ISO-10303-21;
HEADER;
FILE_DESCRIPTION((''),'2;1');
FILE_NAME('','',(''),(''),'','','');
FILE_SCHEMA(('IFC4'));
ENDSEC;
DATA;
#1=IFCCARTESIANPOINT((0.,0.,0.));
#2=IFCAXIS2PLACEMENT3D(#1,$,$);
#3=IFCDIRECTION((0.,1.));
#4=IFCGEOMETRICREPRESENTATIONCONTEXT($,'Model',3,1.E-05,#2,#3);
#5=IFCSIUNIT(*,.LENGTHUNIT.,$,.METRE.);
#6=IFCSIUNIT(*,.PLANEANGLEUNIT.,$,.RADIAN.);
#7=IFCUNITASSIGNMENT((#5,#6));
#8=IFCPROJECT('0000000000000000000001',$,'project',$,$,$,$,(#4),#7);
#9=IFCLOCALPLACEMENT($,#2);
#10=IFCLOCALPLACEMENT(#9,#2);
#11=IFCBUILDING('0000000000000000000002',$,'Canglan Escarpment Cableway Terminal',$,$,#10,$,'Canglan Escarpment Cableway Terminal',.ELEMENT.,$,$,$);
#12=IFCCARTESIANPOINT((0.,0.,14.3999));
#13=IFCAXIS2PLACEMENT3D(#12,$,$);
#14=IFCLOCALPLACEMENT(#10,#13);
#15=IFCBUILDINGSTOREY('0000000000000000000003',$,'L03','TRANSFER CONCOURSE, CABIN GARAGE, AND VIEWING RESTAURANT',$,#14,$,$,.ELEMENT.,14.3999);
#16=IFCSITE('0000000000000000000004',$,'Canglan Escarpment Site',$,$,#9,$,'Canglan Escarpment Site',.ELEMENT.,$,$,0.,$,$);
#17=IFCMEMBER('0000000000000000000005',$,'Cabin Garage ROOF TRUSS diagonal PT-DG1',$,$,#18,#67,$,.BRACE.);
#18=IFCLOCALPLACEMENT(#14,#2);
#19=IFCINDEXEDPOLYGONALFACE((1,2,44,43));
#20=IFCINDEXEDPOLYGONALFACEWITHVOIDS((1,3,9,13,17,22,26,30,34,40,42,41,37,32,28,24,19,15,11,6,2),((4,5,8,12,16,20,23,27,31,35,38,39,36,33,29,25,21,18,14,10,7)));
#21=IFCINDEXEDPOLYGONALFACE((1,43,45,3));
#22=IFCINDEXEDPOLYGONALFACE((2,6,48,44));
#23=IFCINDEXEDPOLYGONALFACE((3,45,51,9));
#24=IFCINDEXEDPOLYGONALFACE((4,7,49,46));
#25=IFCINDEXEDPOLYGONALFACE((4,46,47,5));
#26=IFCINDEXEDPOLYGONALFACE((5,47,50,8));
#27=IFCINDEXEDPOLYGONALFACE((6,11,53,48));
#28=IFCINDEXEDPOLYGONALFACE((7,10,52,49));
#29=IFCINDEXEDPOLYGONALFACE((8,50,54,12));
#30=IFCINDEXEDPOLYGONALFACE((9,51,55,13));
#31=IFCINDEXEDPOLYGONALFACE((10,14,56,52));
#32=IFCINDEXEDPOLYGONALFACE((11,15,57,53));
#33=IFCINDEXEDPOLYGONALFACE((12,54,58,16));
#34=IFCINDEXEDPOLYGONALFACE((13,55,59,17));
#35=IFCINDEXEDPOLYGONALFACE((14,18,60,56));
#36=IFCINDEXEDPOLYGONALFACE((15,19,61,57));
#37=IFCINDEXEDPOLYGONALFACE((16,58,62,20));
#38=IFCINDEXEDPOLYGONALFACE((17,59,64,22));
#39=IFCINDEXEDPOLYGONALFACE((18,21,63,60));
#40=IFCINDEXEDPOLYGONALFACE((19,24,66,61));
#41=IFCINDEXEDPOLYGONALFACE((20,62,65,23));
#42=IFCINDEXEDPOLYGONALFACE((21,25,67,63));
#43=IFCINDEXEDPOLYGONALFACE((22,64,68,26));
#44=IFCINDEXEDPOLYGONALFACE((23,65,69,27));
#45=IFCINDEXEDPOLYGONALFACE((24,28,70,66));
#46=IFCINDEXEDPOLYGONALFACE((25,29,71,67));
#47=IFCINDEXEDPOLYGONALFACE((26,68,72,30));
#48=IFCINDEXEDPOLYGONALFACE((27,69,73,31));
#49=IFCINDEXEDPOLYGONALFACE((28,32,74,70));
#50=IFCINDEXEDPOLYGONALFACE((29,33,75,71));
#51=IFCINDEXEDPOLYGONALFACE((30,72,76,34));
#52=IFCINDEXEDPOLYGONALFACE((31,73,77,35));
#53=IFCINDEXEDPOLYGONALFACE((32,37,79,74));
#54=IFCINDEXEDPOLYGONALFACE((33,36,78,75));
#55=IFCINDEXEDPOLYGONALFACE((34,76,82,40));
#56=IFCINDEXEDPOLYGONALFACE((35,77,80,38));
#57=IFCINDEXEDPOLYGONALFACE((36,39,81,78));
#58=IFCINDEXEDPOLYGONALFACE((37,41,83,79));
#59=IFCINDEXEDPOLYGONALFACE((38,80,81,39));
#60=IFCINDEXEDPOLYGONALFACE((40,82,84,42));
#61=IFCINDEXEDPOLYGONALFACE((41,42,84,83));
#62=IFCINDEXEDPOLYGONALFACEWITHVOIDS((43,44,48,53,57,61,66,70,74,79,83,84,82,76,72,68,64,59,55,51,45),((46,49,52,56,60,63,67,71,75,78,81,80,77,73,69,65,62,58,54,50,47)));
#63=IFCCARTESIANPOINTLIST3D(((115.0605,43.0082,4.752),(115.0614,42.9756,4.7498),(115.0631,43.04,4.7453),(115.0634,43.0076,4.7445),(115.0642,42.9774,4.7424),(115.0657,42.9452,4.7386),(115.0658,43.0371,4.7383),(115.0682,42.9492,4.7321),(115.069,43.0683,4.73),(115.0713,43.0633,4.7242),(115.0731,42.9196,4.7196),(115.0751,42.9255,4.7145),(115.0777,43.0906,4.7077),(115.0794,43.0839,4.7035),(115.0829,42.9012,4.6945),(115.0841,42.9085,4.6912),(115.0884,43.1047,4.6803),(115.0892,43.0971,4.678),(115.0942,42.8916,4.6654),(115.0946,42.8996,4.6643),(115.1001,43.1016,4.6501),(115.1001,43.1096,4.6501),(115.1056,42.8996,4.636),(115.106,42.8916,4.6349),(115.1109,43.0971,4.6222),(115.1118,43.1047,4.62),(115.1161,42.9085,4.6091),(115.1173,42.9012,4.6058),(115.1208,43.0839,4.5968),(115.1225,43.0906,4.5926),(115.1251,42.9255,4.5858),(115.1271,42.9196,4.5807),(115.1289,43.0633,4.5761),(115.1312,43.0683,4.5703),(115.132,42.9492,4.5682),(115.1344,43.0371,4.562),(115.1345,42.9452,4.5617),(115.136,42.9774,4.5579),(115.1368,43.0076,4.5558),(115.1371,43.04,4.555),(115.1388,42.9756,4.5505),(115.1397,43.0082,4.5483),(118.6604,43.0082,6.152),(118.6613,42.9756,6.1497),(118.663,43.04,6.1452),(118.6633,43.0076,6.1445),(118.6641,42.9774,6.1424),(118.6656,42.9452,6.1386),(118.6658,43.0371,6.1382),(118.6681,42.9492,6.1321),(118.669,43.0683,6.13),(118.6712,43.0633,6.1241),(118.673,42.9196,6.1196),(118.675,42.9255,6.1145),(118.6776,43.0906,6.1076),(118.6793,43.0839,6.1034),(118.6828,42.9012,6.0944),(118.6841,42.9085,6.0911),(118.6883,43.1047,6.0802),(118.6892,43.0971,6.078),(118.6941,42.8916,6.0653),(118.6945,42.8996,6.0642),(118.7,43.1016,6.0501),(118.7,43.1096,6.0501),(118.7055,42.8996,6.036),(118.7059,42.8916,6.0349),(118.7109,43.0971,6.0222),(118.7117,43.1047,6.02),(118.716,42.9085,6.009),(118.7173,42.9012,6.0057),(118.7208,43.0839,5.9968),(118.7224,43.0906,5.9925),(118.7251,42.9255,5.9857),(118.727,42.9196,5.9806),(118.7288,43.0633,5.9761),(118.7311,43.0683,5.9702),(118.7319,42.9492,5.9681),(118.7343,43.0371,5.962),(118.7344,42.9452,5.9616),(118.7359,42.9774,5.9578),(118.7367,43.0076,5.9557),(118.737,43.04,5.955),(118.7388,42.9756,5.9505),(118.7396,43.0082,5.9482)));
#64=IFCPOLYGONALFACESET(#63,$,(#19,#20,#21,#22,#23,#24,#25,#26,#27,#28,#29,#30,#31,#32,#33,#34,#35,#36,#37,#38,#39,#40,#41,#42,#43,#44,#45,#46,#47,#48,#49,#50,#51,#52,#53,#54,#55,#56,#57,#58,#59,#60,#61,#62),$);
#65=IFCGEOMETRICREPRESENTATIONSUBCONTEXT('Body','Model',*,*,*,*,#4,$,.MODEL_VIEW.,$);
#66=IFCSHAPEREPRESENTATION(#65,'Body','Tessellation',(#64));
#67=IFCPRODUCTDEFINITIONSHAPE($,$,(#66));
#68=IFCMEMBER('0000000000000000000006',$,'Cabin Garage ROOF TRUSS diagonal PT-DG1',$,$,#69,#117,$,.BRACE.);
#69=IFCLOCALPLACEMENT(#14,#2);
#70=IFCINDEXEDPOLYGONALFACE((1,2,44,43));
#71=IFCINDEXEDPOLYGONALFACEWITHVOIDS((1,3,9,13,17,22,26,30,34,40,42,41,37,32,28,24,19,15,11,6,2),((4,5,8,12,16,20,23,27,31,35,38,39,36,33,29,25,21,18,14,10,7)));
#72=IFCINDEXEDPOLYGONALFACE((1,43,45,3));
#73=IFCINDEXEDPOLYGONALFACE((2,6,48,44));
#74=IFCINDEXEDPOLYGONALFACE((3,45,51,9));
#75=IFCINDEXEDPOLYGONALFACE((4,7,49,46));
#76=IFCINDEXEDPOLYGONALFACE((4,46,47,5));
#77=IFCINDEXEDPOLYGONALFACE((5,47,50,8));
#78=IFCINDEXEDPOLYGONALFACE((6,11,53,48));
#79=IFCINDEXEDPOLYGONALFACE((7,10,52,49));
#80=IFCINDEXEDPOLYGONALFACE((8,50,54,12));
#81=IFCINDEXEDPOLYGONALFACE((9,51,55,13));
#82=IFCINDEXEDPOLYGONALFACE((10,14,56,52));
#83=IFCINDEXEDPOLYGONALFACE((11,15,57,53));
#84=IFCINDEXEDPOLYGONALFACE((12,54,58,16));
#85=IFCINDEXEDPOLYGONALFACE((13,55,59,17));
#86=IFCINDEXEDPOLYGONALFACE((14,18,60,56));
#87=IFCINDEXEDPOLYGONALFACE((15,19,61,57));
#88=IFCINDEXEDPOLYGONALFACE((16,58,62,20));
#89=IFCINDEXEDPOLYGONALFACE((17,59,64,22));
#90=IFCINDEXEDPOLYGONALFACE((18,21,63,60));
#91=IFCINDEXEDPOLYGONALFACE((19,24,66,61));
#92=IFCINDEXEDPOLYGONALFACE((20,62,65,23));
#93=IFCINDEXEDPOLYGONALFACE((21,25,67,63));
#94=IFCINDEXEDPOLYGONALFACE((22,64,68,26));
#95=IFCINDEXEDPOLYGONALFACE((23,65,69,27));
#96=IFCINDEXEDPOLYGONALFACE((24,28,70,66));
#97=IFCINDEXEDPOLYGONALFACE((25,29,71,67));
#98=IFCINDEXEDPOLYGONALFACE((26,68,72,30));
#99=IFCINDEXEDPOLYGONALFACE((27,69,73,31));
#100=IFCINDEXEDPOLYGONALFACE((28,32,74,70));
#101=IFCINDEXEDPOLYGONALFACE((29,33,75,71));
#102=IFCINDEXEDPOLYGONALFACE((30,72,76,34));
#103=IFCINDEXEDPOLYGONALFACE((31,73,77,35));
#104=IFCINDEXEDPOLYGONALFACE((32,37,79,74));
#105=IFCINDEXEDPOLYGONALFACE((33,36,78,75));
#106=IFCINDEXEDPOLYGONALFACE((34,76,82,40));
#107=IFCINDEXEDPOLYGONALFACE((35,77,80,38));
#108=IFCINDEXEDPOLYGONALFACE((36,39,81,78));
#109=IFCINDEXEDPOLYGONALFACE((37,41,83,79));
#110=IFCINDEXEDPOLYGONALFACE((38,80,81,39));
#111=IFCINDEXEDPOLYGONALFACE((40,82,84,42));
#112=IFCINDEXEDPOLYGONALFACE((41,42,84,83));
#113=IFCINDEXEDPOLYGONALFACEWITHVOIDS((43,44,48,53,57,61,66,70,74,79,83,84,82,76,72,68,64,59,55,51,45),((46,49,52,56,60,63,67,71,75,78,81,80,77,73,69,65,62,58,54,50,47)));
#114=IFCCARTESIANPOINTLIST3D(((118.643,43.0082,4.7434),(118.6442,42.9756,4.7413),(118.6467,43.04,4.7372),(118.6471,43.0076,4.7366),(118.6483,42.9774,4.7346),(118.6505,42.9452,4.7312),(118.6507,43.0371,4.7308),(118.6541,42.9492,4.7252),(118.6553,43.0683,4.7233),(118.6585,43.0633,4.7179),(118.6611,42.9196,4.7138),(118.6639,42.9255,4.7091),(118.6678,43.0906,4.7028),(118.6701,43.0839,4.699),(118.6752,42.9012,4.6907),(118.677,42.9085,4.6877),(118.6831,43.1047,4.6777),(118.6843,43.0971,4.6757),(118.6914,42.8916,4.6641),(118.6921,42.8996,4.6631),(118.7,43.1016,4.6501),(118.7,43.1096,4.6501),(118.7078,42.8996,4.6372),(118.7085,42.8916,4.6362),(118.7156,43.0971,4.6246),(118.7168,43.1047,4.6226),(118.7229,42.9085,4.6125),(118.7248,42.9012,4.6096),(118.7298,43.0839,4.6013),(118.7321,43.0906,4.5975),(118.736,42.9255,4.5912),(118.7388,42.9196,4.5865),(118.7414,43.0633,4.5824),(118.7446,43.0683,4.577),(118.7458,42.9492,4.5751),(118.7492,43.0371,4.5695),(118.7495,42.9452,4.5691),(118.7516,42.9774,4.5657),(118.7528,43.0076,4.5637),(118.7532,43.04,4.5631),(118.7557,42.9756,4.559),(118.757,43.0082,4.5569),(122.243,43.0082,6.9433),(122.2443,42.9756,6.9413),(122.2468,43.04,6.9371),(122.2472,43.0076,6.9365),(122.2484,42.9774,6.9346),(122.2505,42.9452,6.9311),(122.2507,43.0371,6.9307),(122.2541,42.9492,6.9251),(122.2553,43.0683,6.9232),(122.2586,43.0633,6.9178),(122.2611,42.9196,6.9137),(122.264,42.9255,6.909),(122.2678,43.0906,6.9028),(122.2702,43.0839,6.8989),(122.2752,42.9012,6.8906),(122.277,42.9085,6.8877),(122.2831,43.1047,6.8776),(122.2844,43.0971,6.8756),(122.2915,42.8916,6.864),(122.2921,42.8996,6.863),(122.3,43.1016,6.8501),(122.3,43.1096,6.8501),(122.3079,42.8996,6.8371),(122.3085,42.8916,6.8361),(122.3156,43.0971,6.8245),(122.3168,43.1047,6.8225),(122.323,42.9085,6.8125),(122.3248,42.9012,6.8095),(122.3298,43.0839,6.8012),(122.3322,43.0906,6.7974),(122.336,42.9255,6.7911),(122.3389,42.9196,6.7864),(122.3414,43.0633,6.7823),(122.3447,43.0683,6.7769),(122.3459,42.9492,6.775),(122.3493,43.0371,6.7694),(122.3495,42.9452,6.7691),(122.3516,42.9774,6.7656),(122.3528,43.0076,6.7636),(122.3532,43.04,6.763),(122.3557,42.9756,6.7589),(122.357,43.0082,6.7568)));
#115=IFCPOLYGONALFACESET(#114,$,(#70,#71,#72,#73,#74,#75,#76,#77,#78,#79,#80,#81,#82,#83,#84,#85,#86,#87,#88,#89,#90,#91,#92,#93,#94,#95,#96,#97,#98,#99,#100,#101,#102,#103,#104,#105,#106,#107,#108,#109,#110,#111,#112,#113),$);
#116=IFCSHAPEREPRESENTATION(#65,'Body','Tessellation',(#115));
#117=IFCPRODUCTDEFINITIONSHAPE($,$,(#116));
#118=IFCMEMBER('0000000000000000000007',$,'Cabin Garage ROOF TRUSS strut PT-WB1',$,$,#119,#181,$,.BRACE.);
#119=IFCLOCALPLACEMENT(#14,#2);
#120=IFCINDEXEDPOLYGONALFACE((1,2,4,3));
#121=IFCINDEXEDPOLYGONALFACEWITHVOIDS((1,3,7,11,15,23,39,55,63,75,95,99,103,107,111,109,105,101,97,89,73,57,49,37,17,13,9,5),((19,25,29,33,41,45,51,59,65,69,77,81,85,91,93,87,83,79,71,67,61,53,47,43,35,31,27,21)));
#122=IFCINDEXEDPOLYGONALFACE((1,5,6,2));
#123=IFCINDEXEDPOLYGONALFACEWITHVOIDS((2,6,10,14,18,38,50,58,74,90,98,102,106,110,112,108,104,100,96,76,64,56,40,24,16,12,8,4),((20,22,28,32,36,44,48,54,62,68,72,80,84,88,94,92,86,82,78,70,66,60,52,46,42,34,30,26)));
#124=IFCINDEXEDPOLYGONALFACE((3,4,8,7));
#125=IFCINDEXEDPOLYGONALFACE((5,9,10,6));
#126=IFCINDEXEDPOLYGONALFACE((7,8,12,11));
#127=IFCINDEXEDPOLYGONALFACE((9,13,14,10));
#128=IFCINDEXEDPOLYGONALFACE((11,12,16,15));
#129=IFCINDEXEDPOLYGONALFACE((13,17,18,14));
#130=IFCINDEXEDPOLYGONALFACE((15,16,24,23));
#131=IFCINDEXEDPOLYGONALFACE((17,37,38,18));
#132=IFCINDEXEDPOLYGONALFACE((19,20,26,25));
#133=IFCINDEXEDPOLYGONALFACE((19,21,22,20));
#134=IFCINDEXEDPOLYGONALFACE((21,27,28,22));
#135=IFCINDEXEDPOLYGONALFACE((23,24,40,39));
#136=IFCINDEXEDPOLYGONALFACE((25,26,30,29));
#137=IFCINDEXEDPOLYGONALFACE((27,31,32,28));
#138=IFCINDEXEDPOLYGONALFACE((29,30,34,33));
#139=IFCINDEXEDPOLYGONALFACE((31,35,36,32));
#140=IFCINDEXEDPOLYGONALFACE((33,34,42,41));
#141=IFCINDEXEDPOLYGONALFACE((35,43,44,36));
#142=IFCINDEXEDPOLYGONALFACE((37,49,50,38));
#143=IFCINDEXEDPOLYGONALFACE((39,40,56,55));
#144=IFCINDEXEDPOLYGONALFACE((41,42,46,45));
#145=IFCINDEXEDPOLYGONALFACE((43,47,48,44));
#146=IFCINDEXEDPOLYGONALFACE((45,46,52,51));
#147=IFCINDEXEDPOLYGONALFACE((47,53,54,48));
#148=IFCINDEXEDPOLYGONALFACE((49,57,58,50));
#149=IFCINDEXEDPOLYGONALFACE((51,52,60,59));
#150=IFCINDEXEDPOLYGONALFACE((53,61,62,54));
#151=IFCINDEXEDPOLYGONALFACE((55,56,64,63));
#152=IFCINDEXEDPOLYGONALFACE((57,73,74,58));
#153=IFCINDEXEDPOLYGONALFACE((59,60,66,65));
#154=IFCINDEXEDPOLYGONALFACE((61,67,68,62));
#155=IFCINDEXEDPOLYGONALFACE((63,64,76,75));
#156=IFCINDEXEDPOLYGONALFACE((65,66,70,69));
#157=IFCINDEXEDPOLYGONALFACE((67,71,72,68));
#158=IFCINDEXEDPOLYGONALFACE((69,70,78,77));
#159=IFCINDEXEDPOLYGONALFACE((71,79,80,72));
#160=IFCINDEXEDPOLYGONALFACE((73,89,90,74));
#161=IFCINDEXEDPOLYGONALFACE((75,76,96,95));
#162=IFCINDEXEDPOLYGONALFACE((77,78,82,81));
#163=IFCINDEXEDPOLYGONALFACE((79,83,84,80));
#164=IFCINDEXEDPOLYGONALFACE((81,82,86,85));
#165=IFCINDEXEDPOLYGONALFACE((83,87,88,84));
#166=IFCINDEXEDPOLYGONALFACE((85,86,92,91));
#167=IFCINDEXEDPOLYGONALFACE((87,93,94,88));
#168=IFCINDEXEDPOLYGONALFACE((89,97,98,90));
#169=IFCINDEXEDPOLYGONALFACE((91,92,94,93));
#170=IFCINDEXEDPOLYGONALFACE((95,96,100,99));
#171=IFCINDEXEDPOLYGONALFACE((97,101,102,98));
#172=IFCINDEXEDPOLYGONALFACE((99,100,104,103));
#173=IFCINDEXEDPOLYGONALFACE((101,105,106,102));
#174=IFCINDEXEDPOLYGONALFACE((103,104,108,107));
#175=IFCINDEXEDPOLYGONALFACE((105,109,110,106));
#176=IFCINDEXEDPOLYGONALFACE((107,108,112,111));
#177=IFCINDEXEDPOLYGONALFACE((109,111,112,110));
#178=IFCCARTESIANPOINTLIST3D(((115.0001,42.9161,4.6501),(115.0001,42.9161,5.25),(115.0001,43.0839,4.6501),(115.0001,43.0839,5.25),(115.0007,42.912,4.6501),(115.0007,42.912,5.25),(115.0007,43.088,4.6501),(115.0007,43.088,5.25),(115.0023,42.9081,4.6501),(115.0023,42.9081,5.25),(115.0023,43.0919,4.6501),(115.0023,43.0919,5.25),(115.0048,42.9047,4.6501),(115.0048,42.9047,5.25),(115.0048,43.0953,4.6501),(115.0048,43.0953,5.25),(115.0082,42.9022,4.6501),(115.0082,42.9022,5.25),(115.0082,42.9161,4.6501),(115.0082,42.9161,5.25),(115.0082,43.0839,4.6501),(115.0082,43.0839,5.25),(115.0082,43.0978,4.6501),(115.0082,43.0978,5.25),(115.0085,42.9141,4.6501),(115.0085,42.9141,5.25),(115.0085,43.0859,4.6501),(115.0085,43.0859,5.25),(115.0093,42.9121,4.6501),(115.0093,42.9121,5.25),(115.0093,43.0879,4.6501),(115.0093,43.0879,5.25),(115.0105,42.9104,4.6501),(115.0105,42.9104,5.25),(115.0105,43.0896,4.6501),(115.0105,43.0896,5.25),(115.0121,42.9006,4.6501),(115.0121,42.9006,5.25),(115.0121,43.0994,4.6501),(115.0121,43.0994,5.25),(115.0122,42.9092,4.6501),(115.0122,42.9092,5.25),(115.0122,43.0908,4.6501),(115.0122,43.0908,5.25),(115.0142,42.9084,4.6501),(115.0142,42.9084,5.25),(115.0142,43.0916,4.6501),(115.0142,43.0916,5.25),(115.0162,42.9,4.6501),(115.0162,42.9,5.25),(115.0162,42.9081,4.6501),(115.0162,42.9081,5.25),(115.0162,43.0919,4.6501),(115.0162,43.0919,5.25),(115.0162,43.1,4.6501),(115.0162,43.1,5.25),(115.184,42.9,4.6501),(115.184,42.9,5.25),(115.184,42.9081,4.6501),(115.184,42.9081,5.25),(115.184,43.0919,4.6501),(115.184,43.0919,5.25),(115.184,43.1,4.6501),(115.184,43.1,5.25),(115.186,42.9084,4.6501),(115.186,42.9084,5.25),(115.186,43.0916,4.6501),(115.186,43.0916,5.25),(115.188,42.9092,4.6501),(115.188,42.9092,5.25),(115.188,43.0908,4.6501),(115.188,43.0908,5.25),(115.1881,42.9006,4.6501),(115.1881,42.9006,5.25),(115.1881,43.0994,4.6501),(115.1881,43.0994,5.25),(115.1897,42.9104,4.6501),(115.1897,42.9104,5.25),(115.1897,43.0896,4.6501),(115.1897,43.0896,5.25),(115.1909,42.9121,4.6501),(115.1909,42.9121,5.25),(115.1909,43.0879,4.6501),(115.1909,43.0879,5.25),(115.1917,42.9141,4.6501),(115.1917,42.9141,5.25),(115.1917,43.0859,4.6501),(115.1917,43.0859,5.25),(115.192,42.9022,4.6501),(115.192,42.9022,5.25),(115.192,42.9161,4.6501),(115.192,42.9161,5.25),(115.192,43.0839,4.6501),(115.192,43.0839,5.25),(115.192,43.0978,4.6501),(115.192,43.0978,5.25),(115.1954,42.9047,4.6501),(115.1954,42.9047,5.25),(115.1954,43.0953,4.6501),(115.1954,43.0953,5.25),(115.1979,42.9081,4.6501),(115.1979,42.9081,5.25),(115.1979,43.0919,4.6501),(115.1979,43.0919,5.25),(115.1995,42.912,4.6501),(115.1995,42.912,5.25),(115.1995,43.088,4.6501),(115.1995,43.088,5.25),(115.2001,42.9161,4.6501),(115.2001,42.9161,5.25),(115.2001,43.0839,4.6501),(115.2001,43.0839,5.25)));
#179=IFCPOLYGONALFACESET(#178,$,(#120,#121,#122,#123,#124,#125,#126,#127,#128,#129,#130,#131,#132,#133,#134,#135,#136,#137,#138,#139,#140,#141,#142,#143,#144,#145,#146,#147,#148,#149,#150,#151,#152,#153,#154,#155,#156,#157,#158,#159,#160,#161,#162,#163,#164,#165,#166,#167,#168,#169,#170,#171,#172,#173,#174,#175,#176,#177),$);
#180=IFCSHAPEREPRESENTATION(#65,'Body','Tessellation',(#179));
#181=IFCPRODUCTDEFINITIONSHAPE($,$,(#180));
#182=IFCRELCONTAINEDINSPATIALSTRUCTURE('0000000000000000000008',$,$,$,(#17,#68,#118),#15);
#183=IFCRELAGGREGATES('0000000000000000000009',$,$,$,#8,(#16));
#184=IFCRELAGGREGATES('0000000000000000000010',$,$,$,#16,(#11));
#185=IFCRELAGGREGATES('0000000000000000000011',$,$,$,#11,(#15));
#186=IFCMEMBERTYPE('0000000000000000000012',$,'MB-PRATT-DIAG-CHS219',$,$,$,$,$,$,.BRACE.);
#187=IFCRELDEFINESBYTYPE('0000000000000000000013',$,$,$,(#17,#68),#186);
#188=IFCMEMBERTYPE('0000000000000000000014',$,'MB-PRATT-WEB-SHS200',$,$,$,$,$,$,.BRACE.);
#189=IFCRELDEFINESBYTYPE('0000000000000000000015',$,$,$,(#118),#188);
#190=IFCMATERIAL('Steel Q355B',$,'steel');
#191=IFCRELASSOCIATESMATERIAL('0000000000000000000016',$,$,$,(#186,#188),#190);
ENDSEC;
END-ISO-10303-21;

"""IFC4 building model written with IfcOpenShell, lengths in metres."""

from ifc_helpers import new_model, si_unit, direction, frame, origin, origin_2d, place, context, subcontext, project, spatial, hollow_rectangle, hollow_circle, extrude, material, material_profile, profile_set, type_object, element, save


model = new_model("IFC4")

# Units and contexts
model_context = context("Model", 3, precision=1e-05, world=origin(), true_north=direction((0.0, 1.0)))
body_context = subcontext(model_context, "Body", "Model", "MODEL_VIEW")
ifc_project = project(units=[si_unit("LENGTHUNIT", "METRE"), si_unit("PLANEANGLEUNIT", "RADIAN")], contexts=[model_context])

# Site, building, storey
site_placement = place(None, origin())
site = spatial("IfcSite", under=ifc_project, at=site_placement, Name="Canglan Escarpment Site", LongName="Canglan Escarpment Site", CompositionType="ELEMENT", RefElevation=0.0)
building_placement = place(site_placement, origin())
building = spatial("IfcBuilding", under=site, at=building_placement, Name="Canglan Escarpment Cableway Terminal", LongName="Canglan Escarpment Cableway Terminal", CompositionType="ELEMENT")
storey_placement = place(building_placement, frame((0.0, 0.0, 14.3999)))
storey = spatial("IfcBuildingStorey", under=building, at=storey_placement, Name="L03", Description="TRANSFER CONCOURSE, CABIN GARAGE, AND VIEWING RESTAURANT", CompositionType="ELEMENT", Elevation=14.3999)

# Shared definitions
ifc_material_1 = material(Name="Steel Q355B", Category="steel")

# Members
ifc_material_profile_1 = material_profile(ifc_material_1, hollow_circle(Radius=0.1096, WallThickness=0.0081, at=origin_2d()), Name="CHS 219.1x8")
ifc_profile_set_1 = profile_set([ifc_material_profile_1], Name="Steel Q355B")
member_type_1 = type_object("IfcMemberType", Name="MB-PRATT-DIAG-CHS219", PredefinedType="BRACE", material=ifc_profile_set_1)
member_1_placement = place(storey_placement, frame((115.1001, 43.0, 4.6501), z_axis=(0.932008, 0.0, 0.362437), x_axis=(0.0, 1.0, 0.0)))
element("IfcMember", 1, at=member_1_placement, inside=storey, type_object=member_type_1, Name="Cabin Garage ROOF TRUSS diagonal PT-DG1", PredefinedType="BRACE", context=body_context, shape_type="SweptSolid", body=[
    extrude(hollow_circle(Radius=0.1096, WallThickness=0.0081, at=origin_2d()), origin(), (0.0, 0.0, 1.0), 3.8625),
])
member_2_placement = place(storey_placement, frame((118.7, 43.0, 4.6501), z_axis=(0.853293, 0.0, 0.521431), x_axis=(0.0, 1.0, 0.0)))
element("IfcMember", 2, at=member_2_placement, inside=storey, type_object=member_type_1, Name="Cabin Garage ROOF TRUSS diagonal PT-DG1", PredefinedType="BRACE", context=body_context, shape_type="SweptSolid", body=[
    extrude(hollow_circle(Radius=0.1096, WallThickness=0.0081, at=origin_2d()), origin(), (0.0, 0.0, 1.0), 4.219),
])
ifc_material_profile_2 = material_profile(ifc_material_1, hollow_rectangle(XDim=0.2, YDim=0.2, WallThickness=0.0081, InnerFilletRadius=0.0081, OuterFilletRadius=0.0161, at=origin_2d()), Name="SHS 200x200x8")
ifc_profile_set_2 = profile_set([ifc_material_profile_2], Name="Steel Q355B")
member_type_2 = type_object("IfcMemberType", Name="MB-PRATT-WEB-SHS200", PredefinedType="BRACE", material=ifc_profile_set_2)
member_3_placement = place(storey_placement, frame((115.1001, 43.0, 4.6501), z_axis=(0.0, 0.0, 1.0), x_axis=(1.0, 0.0, 0.0)))
element("IfcMember", 3, at=member_3_placement, inside=storey, type_object=member_type_2, Name="Cabin Garage ROOF TRUSS strut PT-WB1", PredefinedType="BRACE", context=body_context, shape_type="SweptSolid", body=[
    extrude(hollow_rectangle(XDim=0.2, YDim=0.2, WallThickness=0.0081, InnerFilletRadius=0.0081, OuterFilletRadius=0.0161, at=origin_2d()), origin(), (0.0, 0.0, 1.0), 0.5999),
])

save(model, "model.ifc")
